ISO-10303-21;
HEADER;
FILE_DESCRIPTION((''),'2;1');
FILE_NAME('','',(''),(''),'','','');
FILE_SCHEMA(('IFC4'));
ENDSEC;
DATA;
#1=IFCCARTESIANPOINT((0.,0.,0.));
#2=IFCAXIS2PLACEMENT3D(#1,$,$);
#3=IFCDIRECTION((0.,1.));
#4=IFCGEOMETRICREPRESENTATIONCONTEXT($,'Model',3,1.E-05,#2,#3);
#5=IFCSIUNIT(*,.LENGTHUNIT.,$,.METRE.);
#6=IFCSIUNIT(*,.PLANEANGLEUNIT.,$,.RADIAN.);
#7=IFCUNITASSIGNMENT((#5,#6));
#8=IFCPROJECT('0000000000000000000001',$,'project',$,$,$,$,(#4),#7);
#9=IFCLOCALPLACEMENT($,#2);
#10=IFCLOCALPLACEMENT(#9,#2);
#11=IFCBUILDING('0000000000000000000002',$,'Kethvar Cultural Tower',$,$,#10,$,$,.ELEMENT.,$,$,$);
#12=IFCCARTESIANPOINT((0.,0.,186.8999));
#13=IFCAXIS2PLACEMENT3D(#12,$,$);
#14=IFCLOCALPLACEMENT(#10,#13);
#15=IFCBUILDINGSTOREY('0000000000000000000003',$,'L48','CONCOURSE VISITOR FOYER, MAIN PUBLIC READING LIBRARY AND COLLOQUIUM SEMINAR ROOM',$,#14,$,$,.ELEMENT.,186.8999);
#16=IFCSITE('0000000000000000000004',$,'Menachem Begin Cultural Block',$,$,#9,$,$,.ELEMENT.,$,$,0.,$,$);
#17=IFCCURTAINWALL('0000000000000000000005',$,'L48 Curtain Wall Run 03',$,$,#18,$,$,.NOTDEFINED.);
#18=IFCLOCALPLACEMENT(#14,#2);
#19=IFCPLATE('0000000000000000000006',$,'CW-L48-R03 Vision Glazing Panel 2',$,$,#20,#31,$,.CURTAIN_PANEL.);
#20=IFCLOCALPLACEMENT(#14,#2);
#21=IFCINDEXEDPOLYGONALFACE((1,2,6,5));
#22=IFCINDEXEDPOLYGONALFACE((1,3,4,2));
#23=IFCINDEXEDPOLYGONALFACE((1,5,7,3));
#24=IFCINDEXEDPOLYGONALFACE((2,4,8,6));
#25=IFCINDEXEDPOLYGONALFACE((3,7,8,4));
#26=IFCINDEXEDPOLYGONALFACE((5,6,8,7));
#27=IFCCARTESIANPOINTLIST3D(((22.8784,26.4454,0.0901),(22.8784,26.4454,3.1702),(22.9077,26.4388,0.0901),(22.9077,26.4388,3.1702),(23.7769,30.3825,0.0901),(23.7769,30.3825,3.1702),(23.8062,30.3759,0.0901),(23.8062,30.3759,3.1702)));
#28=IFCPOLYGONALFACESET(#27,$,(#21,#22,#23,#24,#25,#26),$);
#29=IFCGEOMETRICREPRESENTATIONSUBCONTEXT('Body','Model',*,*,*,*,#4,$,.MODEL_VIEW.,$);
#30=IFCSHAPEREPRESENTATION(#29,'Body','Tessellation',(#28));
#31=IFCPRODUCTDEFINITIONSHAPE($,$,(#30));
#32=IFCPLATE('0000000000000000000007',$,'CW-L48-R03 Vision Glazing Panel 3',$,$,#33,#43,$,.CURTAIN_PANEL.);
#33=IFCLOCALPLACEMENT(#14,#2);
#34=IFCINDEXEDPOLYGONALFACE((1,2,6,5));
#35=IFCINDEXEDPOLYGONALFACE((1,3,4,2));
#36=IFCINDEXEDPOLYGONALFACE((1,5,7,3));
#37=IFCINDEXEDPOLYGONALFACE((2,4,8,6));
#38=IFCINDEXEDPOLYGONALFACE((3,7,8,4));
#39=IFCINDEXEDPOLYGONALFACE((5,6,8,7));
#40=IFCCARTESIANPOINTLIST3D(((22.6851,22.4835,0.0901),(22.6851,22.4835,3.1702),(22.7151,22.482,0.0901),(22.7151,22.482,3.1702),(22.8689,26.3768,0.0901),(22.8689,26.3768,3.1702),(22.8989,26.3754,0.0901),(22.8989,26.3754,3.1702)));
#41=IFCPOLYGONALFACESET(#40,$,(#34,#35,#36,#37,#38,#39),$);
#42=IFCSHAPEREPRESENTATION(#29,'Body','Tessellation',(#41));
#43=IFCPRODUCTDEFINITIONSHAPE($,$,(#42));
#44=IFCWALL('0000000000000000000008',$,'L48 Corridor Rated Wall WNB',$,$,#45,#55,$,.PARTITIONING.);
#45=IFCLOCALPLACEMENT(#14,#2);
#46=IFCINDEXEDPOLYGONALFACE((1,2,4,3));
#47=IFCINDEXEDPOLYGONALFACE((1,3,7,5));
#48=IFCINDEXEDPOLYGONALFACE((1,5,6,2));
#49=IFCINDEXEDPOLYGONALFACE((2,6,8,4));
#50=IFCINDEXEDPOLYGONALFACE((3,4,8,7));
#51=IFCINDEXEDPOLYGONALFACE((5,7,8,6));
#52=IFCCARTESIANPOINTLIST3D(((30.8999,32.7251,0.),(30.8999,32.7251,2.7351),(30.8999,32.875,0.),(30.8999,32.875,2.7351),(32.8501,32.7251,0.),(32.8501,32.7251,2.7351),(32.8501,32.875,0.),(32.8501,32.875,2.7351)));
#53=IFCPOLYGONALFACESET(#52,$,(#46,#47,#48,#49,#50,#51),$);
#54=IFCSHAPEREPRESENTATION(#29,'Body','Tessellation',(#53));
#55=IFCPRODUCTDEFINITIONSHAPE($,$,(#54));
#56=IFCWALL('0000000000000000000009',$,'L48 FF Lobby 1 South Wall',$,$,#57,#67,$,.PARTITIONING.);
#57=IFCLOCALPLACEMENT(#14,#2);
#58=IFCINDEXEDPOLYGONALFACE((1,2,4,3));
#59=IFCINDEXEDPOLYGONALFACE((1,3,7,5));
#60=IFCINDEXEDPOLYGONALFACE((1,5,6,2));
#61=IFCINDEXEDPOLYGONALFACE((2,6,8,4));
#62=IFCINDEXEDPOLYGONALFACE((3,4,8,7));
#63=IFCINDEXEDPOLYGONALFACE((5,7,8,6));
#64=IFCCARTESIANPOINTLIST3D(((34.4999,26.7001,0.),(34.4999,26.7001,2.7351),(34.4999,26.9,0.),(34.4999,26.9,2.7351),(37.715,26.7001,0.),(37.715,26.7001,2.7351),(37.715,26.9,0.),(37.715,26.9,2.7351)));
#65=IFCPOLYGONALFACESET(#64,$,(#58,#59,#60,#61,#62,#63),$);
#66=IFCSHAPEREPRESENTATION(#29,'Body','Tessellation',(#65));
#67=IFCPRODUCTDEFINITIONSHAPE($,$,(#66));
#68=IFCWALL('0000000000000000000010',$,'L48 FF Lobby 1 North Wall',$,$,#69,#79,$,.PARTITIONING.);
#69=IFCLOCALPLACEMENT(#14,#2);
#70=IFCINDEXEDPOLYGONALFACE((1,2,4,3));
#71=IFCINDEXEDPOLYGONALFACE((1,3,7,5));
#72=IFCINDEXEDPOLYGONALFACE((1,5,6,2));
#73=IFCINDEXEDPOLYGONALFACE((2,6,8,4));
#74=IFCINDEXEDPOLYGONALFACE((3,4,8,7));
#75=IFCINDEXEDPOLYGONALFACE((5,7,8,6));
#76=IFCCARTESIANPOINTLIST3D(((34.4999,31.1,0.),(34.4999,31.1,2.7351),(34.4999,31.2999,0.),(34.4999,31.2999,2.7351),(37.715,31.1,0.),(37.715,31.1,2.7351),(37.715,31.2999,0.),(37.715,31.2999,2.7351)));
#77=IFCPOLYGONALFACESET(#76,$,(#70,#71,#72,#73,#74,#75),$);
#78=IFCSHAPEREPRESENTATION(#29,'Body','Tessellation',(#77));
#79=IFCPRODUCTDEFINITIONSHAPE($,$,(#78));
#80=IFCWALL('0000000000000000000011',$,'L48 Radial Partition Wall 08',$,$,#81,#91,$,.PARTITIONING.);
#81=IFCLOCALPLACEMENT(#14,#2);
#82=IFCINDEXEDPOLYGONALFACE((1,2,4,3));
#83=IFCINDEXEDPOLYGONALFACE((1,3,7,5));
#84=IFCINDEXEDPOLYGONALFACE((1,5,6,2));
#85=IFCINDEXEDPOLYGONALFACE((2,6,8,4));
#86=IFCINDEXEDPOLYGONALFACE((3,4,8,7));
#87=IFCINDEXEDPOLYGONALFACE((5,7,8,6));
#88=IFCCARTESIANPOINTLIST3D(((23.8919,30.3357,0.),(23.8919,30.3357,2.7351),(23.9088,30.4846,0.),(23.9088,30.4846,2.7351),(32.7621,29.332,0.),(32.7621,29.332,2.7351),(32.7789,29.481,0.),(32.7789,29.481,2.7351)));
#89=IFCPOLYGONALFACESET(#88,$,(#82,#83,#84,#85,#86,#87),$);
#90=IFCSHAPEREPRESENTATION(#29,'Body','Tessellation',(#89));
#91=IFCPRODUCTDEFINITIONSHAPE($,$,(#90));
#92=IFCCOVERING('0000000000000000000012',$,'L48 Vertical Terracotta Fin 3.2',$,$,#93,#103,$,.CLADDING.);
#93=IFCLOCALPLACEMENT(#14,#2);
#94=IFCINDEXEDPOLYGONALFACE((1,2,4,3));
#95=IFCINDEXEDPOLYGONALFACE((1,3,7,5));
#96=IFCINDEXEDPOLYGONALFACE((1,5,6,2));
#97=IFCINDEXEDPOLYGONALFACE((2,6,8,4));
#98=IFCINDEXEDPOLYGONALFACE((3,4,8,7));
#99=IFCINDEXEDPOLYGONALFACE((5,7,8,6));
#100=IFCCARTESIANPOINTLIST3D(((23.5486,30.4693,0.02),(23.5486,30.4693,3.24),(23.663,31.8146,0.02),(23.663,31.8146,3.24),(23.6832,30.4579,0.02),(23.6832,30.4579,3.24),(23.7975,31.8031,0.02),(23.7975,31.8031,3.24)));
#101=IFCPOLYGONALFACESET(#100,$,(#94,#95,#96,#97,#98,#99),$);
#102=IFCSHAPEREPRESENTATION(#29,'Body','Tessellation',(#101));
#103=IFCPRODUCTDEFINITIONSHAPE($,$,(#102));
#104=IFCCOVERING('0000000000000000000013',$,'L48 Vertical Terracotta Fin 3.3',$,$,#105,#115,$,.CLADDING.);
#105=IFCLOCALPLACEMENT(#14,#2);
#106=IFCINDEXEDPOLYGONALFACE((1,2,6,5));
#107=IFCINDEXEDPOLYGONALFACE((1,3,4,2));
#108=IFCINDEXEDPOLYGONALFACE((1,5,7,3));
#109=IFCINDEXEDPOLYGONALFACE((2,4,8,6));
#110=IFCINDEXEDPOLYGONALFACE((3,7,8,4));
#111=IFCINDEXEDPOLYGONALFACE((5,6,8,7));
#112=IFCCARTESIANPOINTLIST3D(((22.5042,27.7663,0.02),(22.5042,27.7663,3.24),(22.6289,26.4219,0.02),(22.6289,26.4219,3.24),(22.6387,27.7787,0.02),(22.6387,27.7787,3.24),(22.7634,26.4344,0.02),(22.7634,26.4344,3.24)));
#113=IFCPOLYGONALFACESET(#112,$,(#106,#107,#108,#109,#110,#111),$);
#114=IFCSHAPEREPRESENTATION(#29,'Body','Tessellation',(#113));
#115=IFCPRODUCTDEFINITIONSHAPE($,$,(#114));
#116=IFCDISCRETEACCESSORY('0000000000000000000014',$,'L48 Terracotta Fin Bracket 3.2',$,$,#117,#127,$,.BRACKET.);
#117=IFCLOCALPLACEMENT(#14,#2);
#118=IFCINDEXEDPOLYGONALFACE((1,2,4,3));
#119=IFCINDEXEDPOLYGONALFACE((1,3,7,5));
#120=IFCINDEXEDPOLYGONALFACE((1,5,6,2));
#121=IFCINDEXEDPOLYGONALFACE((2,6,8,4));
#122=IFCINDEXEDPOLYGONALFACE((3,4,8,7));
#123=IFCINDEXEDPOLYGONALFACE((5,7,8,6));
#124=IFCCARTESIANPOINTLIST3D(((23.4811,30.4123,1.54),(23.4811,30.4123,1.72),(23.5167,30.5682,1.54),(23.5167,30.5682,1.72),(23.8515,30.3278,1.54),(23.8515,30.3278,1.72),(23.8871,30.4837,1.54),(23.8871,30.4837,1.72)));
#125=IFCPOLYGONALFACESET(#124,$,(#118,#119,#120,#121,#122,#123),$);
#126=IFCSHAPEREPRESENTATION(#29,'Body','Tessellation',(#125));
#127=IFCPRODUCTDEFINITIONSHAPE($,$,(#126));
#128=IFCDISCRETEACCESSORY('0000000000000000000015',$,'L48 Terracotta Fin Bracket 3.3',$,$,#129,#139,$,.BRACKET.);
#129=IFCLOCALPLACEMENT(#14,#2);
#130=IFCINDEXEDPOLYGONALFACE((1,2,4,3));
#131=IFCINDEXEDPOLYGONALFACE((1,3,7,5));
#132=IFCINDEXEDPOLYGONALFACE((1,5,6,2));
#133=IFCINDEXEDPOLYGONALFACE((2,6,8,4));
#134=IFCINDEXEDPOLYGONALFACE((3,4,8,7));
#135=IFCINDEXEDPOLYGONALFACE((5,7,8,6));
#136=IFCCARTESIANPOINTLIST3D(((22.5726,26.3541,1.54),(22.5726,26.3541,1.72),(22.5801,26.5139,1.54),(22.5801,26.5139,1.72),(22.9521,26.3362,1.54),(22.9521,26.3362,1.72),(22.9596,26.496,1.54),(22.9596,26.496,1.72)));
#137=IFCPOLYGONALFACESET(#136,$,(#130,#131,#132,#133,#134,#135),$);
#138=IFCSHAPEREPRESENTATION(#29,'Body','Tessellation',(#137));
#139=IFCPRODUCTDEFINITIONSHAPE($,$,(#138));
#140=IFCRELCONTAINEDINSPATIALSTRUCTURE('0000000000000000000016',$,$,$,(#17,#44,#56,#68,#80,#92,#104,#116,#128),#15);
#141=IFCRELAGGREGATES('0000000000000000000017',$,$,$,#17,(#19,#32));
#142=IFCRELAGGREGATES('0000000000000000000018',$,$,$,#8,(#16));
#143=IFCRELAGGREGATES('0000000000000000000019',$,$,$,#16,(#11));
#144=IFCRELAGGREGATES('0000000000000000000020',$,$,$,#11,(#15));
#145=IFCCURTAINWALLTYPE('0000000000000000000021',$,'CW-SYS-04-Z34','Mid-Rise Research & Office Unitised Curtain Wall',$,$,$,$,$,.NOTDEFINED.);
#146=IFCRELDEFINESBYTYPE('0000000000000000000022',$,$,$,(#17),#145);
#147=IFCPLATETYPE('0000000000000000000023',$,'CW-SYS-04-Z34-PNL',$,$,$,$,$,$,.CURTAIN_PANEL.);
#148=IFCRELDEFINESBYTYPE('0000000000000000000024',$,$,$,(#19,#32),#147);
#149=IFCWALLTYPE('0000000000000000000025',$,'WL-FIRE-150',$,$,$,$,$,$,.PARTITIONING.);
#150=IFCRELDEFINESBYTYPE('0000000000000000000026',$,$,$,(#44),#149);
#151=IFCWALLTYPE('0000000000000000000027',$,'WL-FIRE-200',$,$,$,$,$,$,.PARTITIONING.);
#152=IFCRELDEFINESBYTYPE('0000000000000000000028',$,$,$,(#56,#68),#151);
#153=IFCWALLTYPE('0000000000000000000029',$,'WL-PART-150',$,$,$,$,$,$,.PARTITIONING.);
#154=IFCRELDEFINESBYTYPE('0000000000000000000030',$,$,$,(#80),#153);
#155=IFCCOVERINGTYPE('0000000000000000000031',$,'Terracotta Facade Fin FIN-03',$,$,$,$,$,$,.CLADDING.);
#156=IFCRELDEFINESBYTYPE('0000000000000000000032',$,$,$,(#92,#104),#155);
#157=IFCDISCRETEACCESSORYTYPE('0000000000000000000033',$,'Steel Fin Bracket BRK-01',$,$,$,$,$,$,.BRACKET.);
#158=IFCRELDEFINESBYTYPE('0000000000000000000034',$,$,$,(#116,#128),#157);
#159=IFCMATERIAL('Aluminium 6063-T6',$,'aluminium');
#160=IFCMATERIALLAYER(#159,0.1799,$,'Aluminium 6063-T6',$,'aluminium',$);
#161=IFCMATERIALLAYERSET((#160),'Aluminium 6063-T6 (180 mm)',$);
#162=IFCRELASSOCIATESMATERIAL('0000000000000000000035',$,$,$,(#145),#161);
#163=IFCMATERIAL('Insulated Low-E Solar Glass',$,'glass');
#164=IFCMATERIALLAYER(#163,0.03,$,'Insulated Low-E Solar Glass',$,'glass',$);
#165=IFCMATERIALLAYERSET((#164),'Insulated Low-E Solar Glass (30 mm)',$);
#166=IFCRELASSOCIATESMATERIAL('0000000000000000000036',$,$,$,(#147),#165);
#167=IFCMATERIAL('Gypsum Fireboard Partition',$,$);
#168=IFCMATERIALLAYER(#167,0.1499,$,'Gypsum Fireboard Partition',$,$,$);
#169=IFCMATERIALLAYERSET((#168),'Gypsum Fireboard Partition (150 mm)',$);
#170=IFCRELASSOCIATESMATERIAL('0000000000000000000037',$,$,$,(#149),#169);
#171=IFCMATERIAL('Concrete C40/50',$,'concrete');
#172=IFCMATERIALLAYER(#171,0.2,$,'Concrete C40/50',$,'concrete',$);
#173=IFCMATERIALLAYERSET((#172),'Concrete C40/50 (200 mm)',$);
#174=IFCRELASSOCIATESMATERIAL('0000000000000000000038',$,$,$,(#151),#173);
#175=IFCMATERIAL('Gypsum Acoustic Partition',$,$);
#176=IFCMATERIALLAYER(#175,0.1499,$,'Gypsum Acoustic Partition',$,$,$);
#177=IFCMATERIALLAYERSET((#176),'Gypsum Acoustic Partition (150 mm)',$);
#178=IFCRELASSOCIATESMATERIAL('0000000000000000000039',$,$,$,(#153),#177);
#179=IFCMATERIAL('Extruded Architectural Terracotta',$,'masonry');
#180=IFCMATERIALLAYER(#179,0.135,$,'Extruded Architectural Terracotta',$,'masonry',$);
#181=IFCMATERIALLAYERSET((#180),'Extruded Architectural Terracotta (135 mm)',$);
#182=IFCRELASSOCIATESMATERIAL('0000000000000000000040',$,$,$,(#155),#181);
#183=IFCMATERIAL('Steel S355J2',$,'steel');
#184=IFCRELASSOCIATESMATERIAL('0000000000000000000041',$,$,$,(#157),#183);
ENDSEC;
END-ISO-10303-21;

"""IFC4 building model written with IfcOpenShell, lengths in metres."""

from ifc_helpers import new_model, si_unit, direction, frame, frame_2d, origin, origin_2d, place, context, subcontext, project, spatial, rectangle, extrude, source, transform, mapped, material, layer, layer_set, type_object, element, aggregate, save


model = new_model("IFC4")

# Units and contexts
model_context = context("Model", 3, precision=1e-05, world=origin(), true_north=direction((0.0, 1.0)))
body_context = subcontext(model_context, "Body", "Model", "MODEL_VIEW")
ifc_project = project(units=[si_unit("LENGTHUNIT", "METRE"), si_unit("PLANEANGLEUNIT", "RADIAN")], contexts=[model_context])

# Site, building, storey
site_placement = place(None, origin())
site = spatial("IfcSite", under=ifc_project, at=site_placement, Name="Menachem Begin Cultural Block", CompositionType="ELEMENT", RefElevation=0.0)
building_placement = place(site_placement, origin())
building = spatial("IfcBuilding", under=site, at=building_placement, Name="Kethvar Cultural Tower", CompositionType="ELEMENT")
storey_placement = place(building_placement, frame((0.0, 0.0, 186.8999)))
storey = spatial("IfcBuildingStorey", under=building, at=storey_placement, Name="L48", Description="CONCOURSE VISITOR FOYER, MAIN PUBLIC READING LIBRARY AND COLLOQUIUM SEMINAR ROOM", CompositionType="ELEMENT", Elevation=186.8999)

# Shared definitions
ifc_material_1 = material(Name="Steel S355J2", Category="steel")

# Curtain wall, plates
ifc_material_2 = material(Name="Aluminium 6063-T6", Category="aluminium")
ifc_layer_1 = layer(ifc_material_2, 0.1799, Name="Aluminium 6063-T6", Category="aluminium")
ifc_layer_set_1 = layer_set([ifc_layer_1], Name="Aluminium 6063-T6 (180 mm)")
curtain_wall_type = type_object("IfcCurtainWallType", Name="CW-SYS-04-Z34", Description="Mid-Rise Research & Office Unitised Curtain Wall", PredefinedType="NOTDEFINED", material=ifc_layer_set_1)
curtain_wall_placement = place(storey_placement, origin())
curtain_wall = element("IfcCurtainWall", 1, at=curtain_wall_placement, inside=storey, type_object=curtain_wall_type, Name="L48 Curtain Wall Run 03", PredefinedType="NOTDEFINED")
ifc_material_3 = material(Name="Insulated Low-E Solar Glass", Category="glass")
ifc_layer_2 = layer(ifc_material_3, 0.03, Name="Insulated Low-E Solar Glass", Category="glass")
ifc_layer_set_2 = layer_set([ifc_layer_2], Name="Insulated Low-E Solar Glass (30 mm)")
plate_type = type_object("IfcPlateType", Name="CW-SYS-04-Z34-PNL", PredefinedType="CURTAIN_PANEL", material=ifc_layer_set_2)
shared_shape_1 = source(origin(), body_context, "Body", "SweptSolid", [
    extrude(rectangle(XDim=4.0383, YDim=0.03, at=origin_2d()), origin(), (0.0, 0.0, 1.0), 3.0801),
])
plate_1_placement = place(storey_placement, frame((23.3423, 28.4106, 0.0901), z_axis=(0.0, 0.0, 1.0), x_axis=(-0.222501, -0.974932, 0.0)))
plate_1 = element("IfcPlate", 2, at=plate_1_placement, type_object=plate_type, Name="CW-L48-R03 Vision Glazing Panel 2", PredefinedType="CURTAIN_PANEL", context=body_context, shape_type="MappedRepresentation", body=[
    mapped(shared_shape_1, transform((0.0, 0.0, 0.0), scale=1.0)),
])
shared_shape_2 = source(origin(), body_context, "Body", "SweptSolid", [
    extrude(rectangle(XDim=3.8977, YDim=0.03, at=origin_2d()), origin(), (0.0, 0.0, 1.0), 3.0801),
])
plate_2_placement = place(storey_placement, frame((22.792, 24.4294, 0.0901), z_axis=(0.0, 0.0, 1.0), x_axis=(-0.047141, -0.998888, 0.0)))
plate_2 = element("IfcPlate", 3, at=plate_2_placement, type_object=plate_type, Name="CW-L48-R03 Vision Glazing Panel 3", PredefinedType="CURTAIN_PANEL", context=body_context, shape_type="MappedRepresentation", body=[
    mapped(shared_shape_2, transform((0.0, 0.0, 0.0), scale=1.0)),
])
aggregate(curtain_wall, [plate_1, plate_2])

# Wall
ifc_material_4 = material(Name="Gypsum Fireboard Partition")
ifc_layer_3 = layer(ifc_material_4, 0.1499, Name="Gypsum Fireboard Partition")
ifc_layer_set_3 = layer_set([ifc_layer_3], Name="Gypsum Fireboard Partition (150 mm)")
wall_type_1 = type_object("IfcWallType", Name="WL-FIRE-150", PredefinedType="PARTITIONING", material=ifc_layer_set_3)
wall_1_placement = place(storey_placement, frame((30.8999, 32.8, 0.0), z_axis=(0.0, 0.0, 1.0), x_axis=(1.0, 0.0, 0.0)))
element("IfcWall", 4, at=wall_1_placement, inside=storey, type_object=wall_type_1, Name="L48 Corridor Rated Wall WNB", PredefinedType="PARTITIONING", context=body_context, shape_type="SweptSolid", body=[
    extrude(rectangle(XDim=1.9502, YDim=0.1499, at=frame_2d((0.9751, 0.0))), origin(), (0.0, 0.0, 1.0), 2.7351),
])

# Shared definitions
ifc_material_5 = material(Name="Concrete C40/50", Category="concrete")
ifc_layer_4 = layer(ifc_material_5, 0.2, Name="Concrete C40/50", Category="concrete")
ifc_layer_set_4 = layer_set([ifc_layer_4], Name="Concrete C40/50 (200 mm)")
wall_type_2 = type_object("IfcWallType", Name="WL-FIRE-200", PredefinedType="PARTITIONING", material=ifc_layer_set_4)

# Walls
for number, where, z_axis, x_axis, name in (
    (5, (34.5, 26.8, 0.0), (0.0, 0.0, 1.0), (1.0, 0.0, 0.0), "L48 FF Lobby 1 South Wall"),
    (6, (34.5, 31.2, 0.0), (0.0, 0.0, 1.0), (1.0, 0.0, 0.0), "L48 FF Lobby 1 North Wall"),
):
    element("IfcWall", number, at=place(storey_placement, frame(where, z_axis=z_axis, x_axis=x_axis)), inside=storey, type_object=wall_type_2, Name=name, PredefinedType="PARTITIONING", context=body_context, shape_type="SweptSolid", body=[
        extrude(rectangle(XDim=3.2151, YDim=0.2, at=frame_2d((1.6074, 0.0))), origin(), (0.0, 0.0, 1.0), 2.7351),
    ])
ifc_material_6 = material(Name="Gypsum Acoustic Partition")
ifc_layer_5 = layer(ifc_material_6, 0.1499, Name="Gypsum Acoustic Partition")
ifc_layer_set_5 = layer_set([ifc_layer_5], Name="Gypsum Acoustic Partition (150 mm)")
wall_type_3 = type_object("IfcWallType", Name="WL-PART-150", PredefinedType="PARTITIONING", material=ifc_layer_set_5)
wall_2_placement = place(storey_placement, frame((32.7705, 29.4065, 0.0), z_axis=(0.0, 0.0, 1.0), x_axis=(-0.993659, 0.112433, 0.0)))
element("IfcWall", 7, at=wall_2_placement, inside=storey, type_object=wall_type_3, Name="L48 Radial Partition Wall 08", PredefinedType="PARTITIONING", context=body_context, shape_type="SweptSolid", body=[
    extrude(rectangle(XDim=8.9268, YDim=0.1499, at=frame_2d((4.4634, 0.0))), origin(), (0.0, 0.0, 1.0), 2.7351),
])

# Coverings
ifc_material_7 = material(Name="Extruded Architectural Terracotta", Category="masonry")
ifc_layer_6 = layer(ifc_material_7, 0.135, Name="Extruded Architectural Terracotta", Category="masonry")
ifc_layer_set_6 = layer_set([ifc_layer_6], Name="Extruded Architectural Terracotta (135 mm)")
covering_type = type_object("IfcCoveringType", Name="Terracotta Facade Fin FIN-03", PredefinedType="CLADDING", material=ifc_layer_set_6)
shared_shape_3 = source(origin(), body_context, "Body", "SweptSolid", [
    extrude(rectangle(XDim=1.3501, YDim=0.135, at=origin_2d()), origin(), (0.0, 0.0, 1.0), 3.22),
])
for number, where, z_axis, x_axis, name in (
    (8, (23.6731, 31.1362, 0.02), (0.0, 0.0, 1.0), (0.084721, 0.996405, 0.0), "L48 Vertical Terracotta Fin 3.2"),
    (9, (22.6338, 27.1003, 0.02), (0.0, 0.0, 1.0), (-0.092371, 0.995725, 0.0), "L48 Vertical Terracotta Fin 3.3"),
):
    element("IfcCovering", number, at=place(storey_placement, frame(where, z_axis=z_axis, x_axis=x_axis)), inside=storey, type_object=covering_type, Name=name, PredefinedType="CLADDING", context=body_context, shape_type="MappedRepresentation", body=[
        mapped(shared_shape_3, transform((0.0, 0.0, 0.0), scale=1.0)),
    ])

# Discrete accessories
discrete_accessory_type = type_object("IfcDiscreteAccessoryType", Name="Steel Fin Bracket BRK-01", PredefinedType="BRACKET", material=ifc_material_1)
shared_shape_4 = source(origin(), body_context, "Body", "SweptSolid", [
    extrude(rectangle(XDim=0.3799, YDim=0.1599, at=origin_2d()), origin(), (0.0, 0.0, 1.0), 0.1799),
])
for number, where, z_axis, x_axis, name in (
    (10, (23.6841, 30.448, 1.54), (0.0, 0.0, 1.0), (-0.974917, 0.22257, 0.0), "L48 Terracotta Fin Bracket 3.2"),
    (11, (22.7661, 26.425, 1.54), (0.0, 0.0, 1.0), (-0.99889, 0.047106, 0.0), "L48 Terracotta Fin Bracket 3.3"),
):
    element("IfcDiscreteAccessory", number, at=place(storey_placement, frame(where, z_axis=z_axis, x_axis=x_axis)), inside=storey, type_object=discrete_accessory_type, Name=name, PredefinedType="BRACKET", context=body_context, shape_type="MappedRepresentation", body=[
        mapped(shared_shape_4, transform((0.0, 0.0, 0.0), scale=1.0)),
    ])

save(model, "model.ifc")
